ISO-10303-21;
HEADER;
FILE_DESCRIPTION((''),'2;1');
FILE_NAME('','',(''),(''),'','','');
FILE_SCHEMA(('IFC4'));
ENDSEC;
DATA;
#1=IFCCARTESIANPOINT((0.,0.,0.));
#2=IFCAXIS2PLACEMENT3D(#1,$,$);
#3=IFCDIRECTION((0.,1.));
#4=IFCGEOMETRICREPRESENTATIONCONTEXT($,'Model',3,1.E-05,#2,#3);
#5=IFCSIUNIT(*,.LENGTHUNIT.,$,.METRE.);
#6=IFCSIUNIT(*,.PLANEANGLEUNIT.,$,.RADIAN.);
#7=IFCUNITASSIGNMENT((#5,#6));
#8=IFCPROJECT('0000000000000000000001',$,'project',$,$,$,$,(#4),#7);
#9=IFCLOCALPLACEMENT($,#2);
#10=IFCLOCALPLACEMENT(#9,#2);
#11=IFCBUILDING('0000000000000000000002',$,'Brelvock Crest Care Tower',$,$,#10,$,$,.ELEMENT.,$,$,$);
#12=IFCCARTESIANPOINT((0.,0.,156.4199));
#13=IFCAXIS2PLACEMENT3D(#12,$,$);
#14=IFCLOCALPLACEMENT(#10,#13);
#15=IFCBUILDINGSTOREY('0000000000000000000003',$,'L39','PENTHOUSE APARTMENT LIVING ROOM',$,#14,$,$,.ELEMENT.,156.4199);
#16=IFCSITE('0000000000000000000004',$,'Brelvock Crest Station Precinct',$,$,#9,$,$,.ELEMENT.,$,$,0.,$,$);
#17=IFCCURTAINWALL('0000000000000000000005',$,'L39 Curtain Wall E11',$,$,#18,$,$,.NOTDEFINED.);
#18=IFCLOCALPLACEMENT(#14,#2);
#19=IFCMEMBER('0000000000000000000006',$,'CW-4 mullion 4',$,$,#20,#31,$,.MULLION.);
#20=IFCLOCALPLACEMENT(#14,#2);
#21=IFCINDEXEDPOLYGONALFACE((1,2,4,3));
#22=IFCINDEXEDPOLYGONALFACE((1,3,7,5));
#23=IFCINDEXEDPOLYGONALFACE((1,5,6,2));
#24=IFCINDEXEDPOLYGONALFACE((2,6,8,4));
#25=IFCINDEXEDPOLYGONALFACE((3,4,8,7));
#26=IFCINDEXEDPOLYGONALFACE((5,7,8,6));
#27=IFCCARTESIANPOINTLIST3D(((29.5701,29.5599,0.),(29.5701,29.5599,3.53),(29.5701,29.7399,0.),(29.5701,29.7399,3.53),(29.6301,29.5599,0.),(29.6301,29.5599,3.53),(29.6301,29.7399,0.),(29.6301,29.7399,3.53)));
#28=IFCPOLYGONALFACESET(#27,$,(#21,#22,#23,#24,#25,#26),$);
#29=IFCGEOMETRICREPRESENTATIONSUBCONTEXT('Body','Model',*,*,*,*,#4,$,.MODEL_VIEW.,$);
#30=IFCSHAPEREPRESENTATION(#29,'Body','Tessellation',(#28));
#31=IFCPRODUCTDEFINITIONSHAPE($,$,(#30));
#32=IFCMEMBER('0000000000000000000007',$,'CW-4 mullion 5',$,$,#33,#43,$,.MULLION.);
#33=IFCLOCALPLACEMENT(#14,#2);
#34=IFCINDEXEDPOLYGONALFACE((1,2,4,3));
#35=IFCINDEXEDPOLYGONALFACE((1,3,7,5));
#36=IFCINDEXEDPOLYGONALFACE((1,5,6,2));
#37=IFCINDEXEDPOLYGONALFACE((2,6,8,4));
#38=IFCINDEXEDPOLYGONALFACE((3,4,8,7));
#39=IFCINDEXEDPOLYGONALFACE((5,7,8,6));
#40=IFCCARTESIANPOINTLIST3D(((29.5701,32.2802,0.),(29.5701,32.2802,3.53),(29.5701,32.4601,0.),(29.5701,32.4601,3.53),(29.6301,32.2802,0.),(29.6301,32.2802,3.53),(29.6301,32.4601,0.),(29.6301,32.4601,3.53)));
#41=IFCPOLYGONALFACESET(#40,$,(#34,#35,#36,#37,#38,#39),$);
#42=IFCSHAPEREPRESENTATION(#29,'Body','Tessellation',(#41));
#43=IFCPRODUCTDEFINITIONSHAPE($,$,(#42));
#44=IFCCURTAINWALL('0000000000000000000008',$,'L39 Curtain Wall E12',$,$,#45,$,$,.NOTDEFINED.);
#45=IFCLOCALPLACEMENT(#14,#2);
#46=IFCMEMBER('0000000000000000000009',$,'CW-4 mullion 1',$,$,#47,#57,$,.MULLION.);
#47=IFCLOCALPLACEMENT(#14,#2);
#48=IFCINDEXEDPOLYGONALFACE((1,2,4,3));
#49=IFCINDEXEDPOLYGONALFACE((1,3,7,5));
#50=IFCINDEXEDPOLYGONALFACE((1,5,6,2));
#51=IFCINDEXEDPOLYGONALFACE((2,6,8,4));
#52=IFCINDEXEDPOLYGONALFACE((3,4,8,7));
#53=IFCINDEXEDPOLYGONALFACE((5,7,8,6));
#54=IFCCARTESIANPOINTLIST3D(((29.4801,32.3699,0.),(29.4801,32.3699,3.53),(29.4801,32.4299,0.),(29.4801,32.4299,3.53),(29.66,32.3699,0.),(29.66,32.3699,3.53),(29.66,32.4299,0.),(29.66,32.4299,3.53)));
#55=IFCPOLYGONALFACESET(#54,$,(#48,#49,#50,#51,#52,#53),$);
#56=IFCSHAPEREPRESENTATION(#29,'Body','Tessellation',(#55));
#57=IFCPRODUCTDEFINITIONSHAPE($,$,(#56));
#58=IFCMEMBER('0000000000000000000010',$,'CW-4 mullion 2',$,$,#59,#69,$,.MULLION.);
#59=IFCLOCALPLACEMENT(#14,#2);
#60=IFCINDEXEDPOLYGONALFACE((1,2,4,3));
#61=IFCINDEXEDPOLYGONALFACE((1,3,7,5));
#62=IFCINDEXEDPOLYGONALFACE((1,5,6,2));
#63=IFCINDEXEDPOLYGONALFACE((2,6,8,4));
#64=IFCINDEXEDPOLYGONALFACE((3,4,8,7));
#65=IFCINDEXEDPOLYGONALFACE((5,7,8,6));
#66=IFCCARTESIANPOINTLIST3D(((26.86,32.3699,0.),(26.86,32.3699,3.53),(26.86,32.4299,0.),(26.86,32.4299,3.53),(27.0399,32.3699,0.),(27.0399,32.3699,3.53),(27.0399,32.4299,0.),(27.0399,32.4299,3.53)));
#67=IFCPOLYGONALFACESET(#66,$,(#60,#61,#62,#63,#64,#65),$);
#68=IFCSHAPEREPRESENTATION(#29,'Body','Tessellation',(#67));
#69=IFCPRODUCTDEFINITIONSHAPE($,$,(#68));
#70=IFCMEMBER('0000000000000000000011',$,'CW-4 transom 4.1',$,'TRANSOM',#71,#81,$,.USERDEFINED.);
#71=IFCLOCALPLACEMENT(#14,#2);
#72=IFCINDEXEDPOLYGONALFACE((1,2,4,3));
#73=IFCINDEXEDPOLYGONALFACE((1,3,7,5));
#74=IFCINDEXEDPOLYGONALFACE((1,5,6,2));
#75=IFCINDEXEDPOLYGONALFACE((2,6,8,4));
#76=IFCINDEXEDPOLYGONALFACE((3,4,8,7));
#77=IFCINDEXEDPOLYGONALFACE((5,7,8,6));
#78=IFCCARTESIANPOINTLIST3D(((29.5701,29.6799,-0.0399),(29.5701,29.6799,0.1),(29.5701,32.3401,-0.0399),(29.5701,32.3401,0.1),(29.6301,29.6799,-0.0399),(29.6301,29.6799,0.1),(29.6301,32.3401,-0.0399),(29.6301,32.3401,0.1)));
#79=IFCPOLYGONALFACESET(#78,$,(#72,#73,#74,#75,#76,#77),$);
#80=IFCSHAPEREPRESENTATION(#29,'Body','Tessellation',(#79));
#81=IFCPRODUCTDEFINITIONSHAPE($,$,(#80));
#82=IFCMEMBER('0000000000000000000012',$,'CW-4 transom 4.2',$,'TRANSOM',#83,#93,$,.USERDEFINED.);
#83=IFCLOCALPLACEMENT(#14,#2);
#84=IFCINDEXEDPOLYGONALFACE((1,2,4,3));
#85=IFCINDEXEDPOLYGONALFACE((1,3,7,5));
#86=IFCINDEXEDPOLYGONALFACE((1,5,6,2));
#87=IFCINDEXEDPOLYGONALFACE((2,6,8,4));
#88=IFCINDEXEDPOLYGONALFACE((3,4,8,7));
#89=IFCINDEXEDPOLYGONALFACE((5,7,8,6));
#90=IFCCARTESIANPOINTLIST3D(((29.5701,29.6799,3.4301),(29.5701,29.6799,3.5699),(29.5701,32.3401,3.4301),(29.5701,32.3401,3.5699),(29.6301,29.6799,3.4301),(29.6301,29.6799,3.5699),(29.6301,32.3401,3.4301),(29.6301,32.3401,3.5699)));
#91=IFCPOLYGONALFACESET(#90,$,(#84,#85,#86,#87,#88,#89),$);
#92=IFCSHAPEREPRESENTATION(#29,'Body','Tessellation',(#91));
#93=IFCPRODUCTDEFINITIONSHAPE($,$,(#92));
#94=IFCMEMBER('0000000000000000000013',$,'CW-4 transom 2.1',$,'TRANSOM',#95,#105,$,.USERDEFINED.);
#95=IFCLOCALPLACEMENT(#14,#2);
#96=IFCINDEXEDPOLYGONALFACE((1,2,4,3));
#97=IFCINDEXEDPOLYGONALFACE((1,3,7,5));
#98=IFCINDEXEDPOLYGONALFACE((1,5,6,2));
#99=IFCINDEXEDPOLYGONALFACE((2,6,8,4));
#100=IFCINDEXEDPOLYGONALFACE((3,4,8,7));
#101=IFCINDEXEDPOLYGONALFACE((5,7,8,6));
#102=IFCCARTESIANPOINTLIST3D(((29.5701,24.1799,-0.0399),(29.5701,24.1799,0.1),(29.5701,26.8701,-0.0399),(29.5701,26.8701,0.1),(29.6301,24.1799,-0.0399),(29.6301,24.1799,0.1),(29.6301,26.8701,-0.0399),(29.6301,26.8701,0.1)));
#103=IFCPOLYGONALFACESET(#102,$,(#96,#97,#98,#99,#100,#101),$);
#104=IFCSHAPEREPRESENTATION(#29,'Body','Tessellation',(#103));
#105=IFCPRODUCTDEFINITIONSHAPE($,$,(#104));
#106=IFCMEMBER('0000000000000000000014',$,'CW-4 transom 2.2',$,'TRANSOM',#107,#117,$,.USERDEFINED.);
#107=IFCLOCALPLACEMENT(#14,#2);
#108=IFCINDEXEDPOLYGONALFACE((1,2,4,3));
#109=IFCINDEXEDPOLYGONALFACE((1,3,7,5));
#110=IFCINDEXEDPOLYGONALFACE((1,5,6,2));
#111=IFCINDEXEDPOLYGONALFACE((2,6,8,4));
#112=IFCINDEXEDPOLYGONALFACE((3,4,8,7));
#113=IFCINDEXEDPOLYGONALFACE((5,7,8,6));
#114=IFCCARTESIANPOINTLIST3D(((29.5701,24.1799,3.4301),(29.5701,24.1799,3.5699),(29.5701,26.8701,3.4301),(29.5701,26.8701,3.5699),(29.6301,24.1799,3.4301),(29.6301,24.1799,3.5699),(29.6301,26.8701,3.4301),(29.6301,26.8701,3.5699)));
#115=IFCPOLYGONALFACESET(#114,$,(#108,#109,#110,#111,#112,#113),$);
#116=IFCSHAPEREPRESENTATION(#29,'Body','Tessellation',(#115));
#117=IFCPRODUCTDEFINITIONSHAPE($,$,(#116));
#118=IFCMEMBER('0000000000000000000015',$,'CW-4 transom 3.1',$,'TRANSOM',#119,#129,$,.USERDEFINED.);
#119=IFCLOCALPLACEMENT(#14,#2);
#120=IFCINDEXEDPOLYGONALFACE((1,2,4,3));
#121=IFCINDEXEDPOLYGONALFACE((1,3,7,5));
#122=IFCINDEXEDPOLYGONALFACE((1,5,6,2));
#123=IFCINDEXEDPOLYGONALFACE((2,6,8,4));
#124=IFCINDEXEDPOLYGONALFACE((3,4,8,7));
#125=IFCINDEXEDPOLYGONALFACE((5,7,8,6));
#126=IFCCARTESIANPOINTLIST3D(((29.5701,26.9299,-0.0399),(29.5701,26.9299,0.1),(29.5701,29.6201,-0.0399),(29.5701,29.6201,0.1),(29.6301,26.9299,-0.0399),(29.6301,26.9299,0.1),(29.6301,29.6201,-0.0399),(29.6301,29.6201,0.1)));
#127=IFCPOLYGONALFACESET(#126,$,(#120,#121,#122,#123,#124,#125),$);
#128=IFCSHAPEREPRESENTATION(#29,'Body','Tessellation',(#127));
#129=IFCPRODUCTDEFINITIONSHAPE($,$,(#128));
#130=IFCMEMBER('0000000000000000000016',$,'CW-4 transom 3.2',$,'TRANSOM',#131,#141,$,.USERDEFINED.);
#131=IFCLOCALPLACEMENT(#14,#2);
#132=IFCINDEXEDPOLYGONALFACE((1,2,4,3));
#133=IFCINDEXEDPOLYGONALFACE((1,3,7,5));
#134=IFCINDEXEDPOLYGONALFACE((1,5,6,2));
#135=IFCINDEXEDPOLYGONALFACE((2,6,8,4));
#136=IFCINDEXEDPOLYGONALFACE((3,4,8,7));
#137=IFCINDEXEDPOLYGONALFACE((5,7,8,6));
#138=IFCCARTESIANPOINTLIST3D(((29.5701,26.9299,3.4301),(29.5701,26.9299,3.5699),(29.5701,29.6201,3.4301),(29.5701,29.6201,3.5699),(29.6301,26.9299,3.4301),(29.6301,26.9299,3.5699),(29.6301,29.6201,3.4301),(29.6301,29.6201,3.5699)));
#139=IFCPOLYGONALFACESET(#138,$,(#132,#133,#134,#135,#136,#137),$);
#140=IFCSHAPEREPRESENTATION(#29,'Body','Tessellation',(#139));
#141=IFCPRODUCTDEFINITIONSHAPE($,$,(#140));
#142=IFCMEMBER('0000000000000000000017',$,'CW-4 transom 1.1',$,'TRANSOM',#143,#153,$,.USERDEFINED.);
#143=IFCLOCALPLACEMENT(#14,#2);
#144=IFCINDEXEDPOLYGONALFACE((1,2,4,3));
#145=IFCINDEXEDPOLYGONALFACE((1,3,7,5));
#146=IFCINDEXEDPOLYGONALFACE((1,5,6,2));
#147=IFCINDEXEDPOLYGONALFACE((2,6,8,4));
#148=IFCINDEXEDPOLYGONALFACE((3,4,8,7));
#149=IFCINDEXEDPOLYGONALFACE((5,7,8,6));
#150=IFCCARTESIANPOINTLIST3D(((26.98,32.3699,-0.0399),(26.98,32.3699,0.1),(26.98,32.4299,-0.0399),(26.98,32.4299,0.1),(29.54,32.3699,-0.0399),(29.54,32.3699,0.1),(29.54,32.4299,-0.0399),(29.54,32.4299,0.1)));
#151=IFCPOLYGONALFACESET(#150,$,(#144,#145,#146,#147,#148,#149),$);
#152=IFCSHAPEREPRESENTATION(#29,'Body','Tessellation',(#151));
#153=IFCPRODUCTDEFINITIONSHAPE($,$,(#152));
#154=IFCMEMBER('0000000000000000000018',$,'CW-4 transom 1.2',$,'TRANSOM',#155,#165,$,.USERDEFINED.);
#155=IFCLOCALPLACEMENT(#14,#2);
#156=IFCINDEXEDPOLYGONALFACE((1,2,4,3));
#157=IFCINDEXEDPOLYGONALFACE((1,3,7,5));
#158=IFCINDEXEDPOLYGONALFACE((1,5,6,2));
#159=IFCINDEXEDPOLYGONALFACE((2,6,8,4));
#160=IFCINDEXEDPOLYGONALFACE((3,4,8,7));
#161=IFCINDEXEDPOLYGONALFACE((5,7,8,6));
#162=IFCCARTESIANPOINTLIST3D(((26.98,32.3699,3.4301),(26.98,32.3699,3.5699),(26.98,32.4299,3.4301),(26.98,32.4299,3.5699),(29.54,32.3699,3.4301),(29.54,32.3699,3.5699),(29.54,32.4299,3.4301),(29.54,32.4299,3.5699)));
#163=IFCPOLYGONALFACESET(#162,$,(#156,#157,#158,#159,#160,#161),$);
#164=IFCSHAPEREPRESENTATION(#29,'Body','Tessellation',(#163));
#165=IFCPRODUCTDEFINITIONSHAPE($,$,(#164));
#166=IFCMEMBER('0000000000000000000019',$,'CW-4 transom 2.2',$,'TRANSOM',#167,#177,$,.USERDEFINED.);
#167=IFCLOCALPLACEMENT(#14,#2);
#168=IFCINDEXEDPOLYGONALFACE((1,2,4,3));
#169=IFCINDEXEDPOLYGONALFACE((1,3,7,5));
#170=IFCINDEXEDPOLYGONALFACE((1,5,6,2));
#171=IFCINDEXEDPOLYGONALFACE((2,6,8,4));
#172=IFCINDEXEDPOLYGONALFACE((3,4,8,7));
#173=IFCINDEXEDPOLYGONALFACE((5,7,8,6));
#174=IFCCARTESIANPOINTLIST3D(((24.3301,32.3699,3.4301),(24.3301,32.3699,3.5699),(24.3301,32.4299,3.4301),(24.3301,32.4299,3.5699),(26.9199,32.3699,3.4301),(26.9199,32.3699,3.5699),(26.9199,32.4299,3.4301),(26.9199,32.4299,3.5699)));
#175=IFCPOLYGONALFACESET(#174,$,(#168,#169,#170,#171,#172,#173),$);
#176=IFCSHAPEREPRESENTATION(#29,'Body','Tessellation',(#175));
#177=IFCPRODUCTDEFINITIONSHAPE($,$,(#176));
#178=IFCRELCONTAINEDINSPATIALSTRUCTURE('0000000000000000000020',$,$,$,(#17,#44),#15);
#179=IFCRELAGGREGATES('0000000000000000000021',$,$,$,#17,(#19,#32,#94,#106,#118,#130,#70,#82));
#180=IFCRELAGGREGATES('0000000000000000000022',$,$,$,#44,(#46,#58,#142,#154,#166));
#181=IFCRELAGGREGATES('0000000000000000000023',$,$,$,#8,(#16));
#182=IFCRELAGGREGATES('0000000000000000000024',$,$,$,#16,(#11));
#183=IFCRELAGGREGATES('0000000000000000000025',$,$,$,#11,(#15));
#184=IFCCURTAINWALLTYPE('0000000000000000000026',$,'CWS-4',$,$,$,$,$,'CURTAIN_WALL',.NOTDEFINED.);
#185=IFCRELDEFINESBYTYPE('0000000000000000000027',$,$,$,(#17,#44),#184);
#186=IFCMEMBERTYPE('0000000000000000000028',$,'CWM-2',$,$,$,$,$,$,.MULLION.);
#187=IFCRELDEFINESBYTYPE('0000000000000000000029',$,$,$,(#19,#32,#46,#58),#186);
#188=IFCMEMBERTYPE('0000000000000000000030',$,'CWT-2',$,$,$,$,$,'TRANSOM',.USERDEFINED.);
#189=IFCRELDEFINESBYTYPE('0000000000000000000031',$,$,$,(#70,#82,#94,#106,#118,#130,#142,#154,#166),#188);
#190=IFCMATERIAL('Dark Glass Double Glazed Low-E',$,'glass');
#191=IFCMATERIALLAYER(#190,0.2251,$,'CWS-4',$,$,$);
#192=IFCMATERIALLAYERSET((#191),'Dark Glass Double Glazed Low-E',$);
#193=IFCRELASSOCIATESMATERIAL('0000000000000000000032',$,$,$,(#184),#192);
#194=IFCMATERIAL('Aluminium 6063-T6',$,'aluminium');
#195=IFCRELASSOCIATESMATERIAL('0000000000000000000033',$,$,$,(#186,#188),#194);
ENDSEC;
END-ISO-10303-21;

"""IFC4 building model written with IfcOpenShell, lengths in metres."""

from ifc_helpers import new_model, si_unit, direction, frame, origin, origin_2d, place, context, subcontext, project, spatial, rectangle, extrude, source, transform, mapped, material, layer, layer_set, material_profile, profile_set, type_object, element, aggregate, save


model = new_model("IFC4")

# Units and contexts
model_context = context("Model", 3, precision=1e-05, world=origin(), true_north=direction((0.0, 1.0)))
body_context = subcontext(model_context, "Body", "Model", "MODEL_VIEW")
ifc_project = project(units=[si_unit("LENGTHUNIT", "METRE"), si_unit("PLANEANGLEUNIT", "RADIAN")], contexts=[model_context])

# Site, building, storey
site_placement = place(None, origin())
site = spatial("IfcSite", under=ifc_project, at=site_placement, Name="Brelvock Crest Station Precinct", CompositionType="ELEMENT", RefElevation=0.0)
building_placement = place(site_placement, origin())
building = spatial("IfcBuilding", under=site, at=building_placement, Name="Brelvock Crest Care Tower", CompositionType="ELEMENT")
storey_placement = place(building_placement, frame((0.0, 0.0, 156.4199)))
storey = spatial("IfcBuildingStorey", under=building, at=storey_placement, Name="L39", Description="PENTHOUSE APARTMENT LIVING ROOM", CompositionType="ELEMENT", Elevation=156.4199)

# Curtain walls, members
ifc_material_1 = material(Name="Dark Glass Double Glazed Low-E", Category="glass")
ifc_layer_1 = layer(ifc_material_1, 0.2251, Name="CWS-4")
ifc_layer_set_1 = layer_set([ifc_layer_1], Name="Dark Glass Double Glazed Low-E")
curtain_wall_type = type_object("IfcCurtainWallType", Name="CWS-4", ElementType="CURTAIN_WALL", PredefinedType="NOTDEFINED", material=ifc_layer_set_1)
curtain_wall_1_placement = place(storey_placement, origin())
curtain_wall_1 = element("IfcCurtainWall", 1, at=curtain_wall_1_placement, inside=storey, type_object=curtain_wall_type, Name="L39 Curtain Wall E11", PredefinedType="NOTDEFINED")
ifc_material_2 = material(Name="Aluminium 6063-T6", Category="aluminium")
ifc_material_profile_1 = material_profile(ifc_material_2, rectangle(XDim=0.0601, YDim=0.1799, at=origin_2d()), Name="ALU60x180")
ifc_profile_set_1 = profile_set([ifc_material_profile_1], Name="Aluminium 6063-T6")
member_type_1 = type_object("IfcMemberType", Name="CWM-2", PredefinedType="MULLION", material=ifc_profile_set_1)
shared_shape_1 = source(origin(), body_context, "Body", "SweptSolid", [
    extrude(rectangle(XDim=0.0601, YDim=0.1799, at=origin_2d()), origin(), (0.0, 0.0, 1.0), 3.53),
])
member_1_placement = place(storey_placement, frame((29.6001, 29.6499, 0.0), z_axis=(0.0, 0.0, 1.0), x_axis=(-1.0, 0.0, 0.0)))
member_1 = element("IfcMember", 2, at=member_1_placement, type_object=member_type_1, Name="CW-4 mullion 4", PredefinedType="MULLION", context=body_context, shape_type="MappedRepresentation", body=[
    mapped(shared_shape_1, transform((0.0, 0.0, 0.0), x_axis=(1.0, 0.0, 0.0), y_axis=(0.0, 1.0, 0.0), z_axis=(0.0, 0.0, 1.0), scale=1.0)),
])
member_2_placement = place(storey_placement, frame((29.6001, 32.3701, 0.0), z_axis=(0.0, 0.0, 1.0), x_axis=(-1.0, 0.0, 0.0)))
member_2 = element("IfcMember", 3, at=member_2_placement, type_object=member_type_1, Name="CW-4 mullion 5", PredefinedType="MULLION", context=body_context, shape_type="MappedRepresentation", body=[
    mapped(shared_shape_1, transform((0.0, 0.0, 0.0), x_axis=(1.0, 0.0, 0.0), y_axis=(0.0, 1.0, 0.0), z_axis=(0.0, 0.0, 1.0), scale=1.0)),
])
curtain_wall_2_placement = place(storey_placement, origin())
curtain_wall_2 = element("IfcCurtainWall", 4, at=curtain_wall_2_placement, inside=storey, type_object=curtain_wall_type, Name="L39 Curtain Wall E12", PredefinedType="NOTDEFINED")
member_3_placement = place(storey_placement, frame((29.5701, 32.3999, 0.0), z_axis=(0.0, 0.0, 1.0), x_axis=(0.0, -1.0, 0.0)))
member_3 = element("IfcMember", 5, at=member_3_placement, type_object=member_type_1, Name="CW-4 mullion 1", PredefinedType="MULLION", context=body_context, shape_type="MappedRepresentation", body=[
    mapped(shared_shape_1, transform((0.0, 0.0, 0.0), x_axis=(1.0, 0.0, 0.0), y_axis=(0.0, 1.0, 0.0), z_axis=(0.0, 0.0, 1.0), scale=1.0)),
])
member_4_placement = place(storey_placement, frame((26.95, 32.3999, 0.0), z_axis=(0.0, 0.0, 1.0), x_axis=(0.0, -1.0, 0.0)))
member_4 = element("IfcMember", 6, at=member_4_placement, type_object=member_type_1, Name="CW-4 mullion 2", PredefinedType="MULLION", context=body_context, shape_type="MappedRepresentation", body=[
    mapped(shared_shape_1, transform((0.0, 0.0, 0.0), x_axis=(1.0, 0.0, 0.0), y_axis=(0.0, 1.0, 0.0), z_axis=(0.0, 0.0, 1.0), scale=1.0)),
])

# Members
ifc_material_profile_2 = material_profile(ifc_material_2, rectangle(XDim=0.0601, YDim=0.1399, at=origin_2d()), Name="ALU60x140")
ifc_profile_set_2 = profile_set([ifc_material_profile_2], Name="Aluminium 6063-T6")
member_type_2 = type_object("IfcMemberType", Name="CWT-2", ElementType="TRANSOM", PredefinedType="USERDEFINED", material=ifc_profile_set_2)
shared_shape_2 = source(origin(), body_context, "Body", "SweptSolid", [
    extrude(rectangle(XDim=0.0601, YDim=0.1399, at=origin_2d()), origin(), (0.0, 0.0, 1.0), 2.6602),
])
member_5_placement = place(storey_placement, frame((29.6001, 29.6799, 0.03), z_axis=(0.0, 1.0, 0.0), x_axis=(-1.0, 0.0, 0.0)))
member_5 = element("IfcMember", 7, at=member_5_placement, type_object=member_type_2, Name="CW-4 transom 4.1", ObjectType="TRANSOM", PredefinedType="USERDEFINED", context=body_context, shape_type="MappedRepresentation", body=[
    mapped(shared_shape_2, transform((0.0, 0.0, 0.0), x_axis=(1.0, 0.0, 0.0), y_axis=(0.0, 1.0, 0.0), z_axis=(0.0, 0.0, 1.0), scale=1.0)),
])
member_6_placement = place(storey_placement, frame((29.6001, 29.6799, 3.5), z_axis=(0.0, 1.0, 0.0), x_axis=(-1.0, 0.0, 0.0)))
member_6 = element("IfcMember", 8, at=member_6_placement, type_object=member_type_2, Name="CW-4 transom 4.2", ObjectType="TRANSOM", PredefinedType="USERDEFINED", context=body_context, shape_type="MappedRepresentation", body=[
    mapped(shared_shape_2, transform((0.0, 0.0, 0.0), x_axis=(1.0, 0.0, 0.0), y_axis=(0.0, 1.0, 0.0), z_axis=(0.0, 0.0, 1.0), scale=1.0)),
])
shared_shape_3 = source(origin(), body_context, "Body", "SweptSolid", [
    extrude(rectangle(XDim=0.0601, YDim=0.1399, at=origin_2d()), origin(), (0.0, 0.0, 1.0), 2.6902),
])
member_7_placement = place(storey_placement, frame((29.6001, 24.1799, 0.03), z_axis=(0.0, 1.0, 0.0), x_axis=(-1.0, 0.0, 0.0)))
member_7 = element("IfcMember", 9, at=member_7_placement, type_object=member_type_2, Name="CW-4 transom 2.1", ObjectType="TRANSOM", PredefinedType="USERDEFINED", context=body_context, shape_type="MappedRepresentation", body=[
    mapped(shared_shape_3, transform((0.0, 0.0, 0.0), x_axis=(1.0, 0.0, 0.0), y_axis=(0.0, 1.0, 0.0), z_axis=(0.0, 0.0, 1.0), scale=1.0)),
])
member_8_placement = place(storey_placement, frame((29.6001, 24.1799, 3.5), z_axis=(0.0, 1.0, 0.0), x_axis=(-1.0, 0.0, 0.0)))
member_8 = element("IfcMember", 10, at=member_8_placement, type_object=member_type_2, Name="CW-4 transom 2.2", ObjectType="TRANSOM", PredefinedType="USERDEFINED", context=body_context, shape_type="MappedRepresentation", body=[
    mapped(shared_shape_3, transform((0.0, 0.0, 0.0), x_axis=(1.0, 0.0, 0.0), y_axis=(0.0, 1.0, 0.0), z_axis=(0.0, 0.0, 1.0), scale=1.0)),
])
member_9_placement = place(storey_placement, frame((29.6001, 26.9299, 0.03), z_axis=(0.0, 1.0, 0.0), x_axis=(-1.0, 0.0, 0.0)))
member_9 = element("IfcMember", 11, at=member_9_placement, type_object=member_type_2, Name="CW-4 transom 3.1", ObjectType="TRANSOM", PredefinedType="USERDEFINED", context=body_context, shape_type="MappedRepresentation", body=[
    mapped(shared_shape_3, transform((0.0, 0.0, 0.0), x_axis=(1.0, 0.0, 0.0), y_axis=(0.0, 1.0, 0.0), z_axis=(0.0, 0.0, 1.0), scale=1.0)),
])
member_10_placement = place(storey_placement, frame((29.6001, 26.9299, 3.5), z_axis=(0.0, 1.0, 0.0), x_axis=(-1.0, 0.0, 0.0)))
member_10 = element("IfcMember", 12, at=member_10_placement, type_object=member_type_2, Name="CW-4 transom 3.2", ObjectType="TRANSOM", PredefinedType="USERDEFINED", context=body_context, shape_type="MappedRepresentation", body=[
    mapped(shared_shape_3, transform((0.0, 0.0, 0.0), x_axis=(1.0, 0.0, 0.0), y_axis=(0.0, 1.0, 0.0), z_axis=(0.0, 0.0, 1.0), scale=1.0)),
])
shared_shape_4 = source(origin(), body_context, "Body", "SweptSolid", [
    extrude(rectangle(XDim=0.0601, YDim=0.1399, at=origin_2d()), origin(), (0.0, 0.0, 1.0), 2.5601),
])
member_11_placement = place(storey_placement, frame((29.54, 32.3999, 0.03), z_axis=(-1.0, 0.0, 0.0), x_axis=(0.0, -1.0, 0.0)))
member_11 = element("IfcMember", 13, at=member_11_placement, type_object=member_type_2, Name="CW-4 transom 1.1", ObjectType="TRANSOM", PredefinedType="USERDEFINED", context=body_context, shape_type="MappedRepresentation", body=[
    mapped(shared_shape_4, transform((0.0, 0.0, 0.0), x_axis=(1.0, 0.0, 0.0), y_axis=(0.0, 1.0, 0.0), z_axis=(0.0, 0.0, 1.0), scale=1.0)),
])
member_12_placement = place(storey_placement, frame((29.54, 32.3999, 3.5), z_axis=(-1.0, 0.0, 0.0), x_axis=(0.0, -1.0, 0.0)))
member_12 = element("IfcMember", 14, at=member_12_placement, type_object=member_type_2, Name="CW-4 transom 1.2", ObjectType="TRANSOM", PredefinedType="USERDEFINED", context=body_context, shape_type="MappedRepresentation", body=[
    mapped(shared_shape_4, transform((0.0, 0.0, 0.0), x_axis=(1.0, 0.0, 0.0), y_axis=(0.0, 1.0, 0.0), z_axis=(0.0, 0.0, 1.0), scale=1.0)),
])
shared_shape_5 = source(origin(), body_context, "Body", "SweptSolid", [
    extrude(rectangle(XDim=0.0601, YDim=0.1399, at=origin_2d()), origin(), (0.0, 0.0, 1.0), 2.5898),
])
member_13_placement = place(storey_placement, frame((26.9199, 32.3999, 3.5), z_axis=(-1.0, 0.0, 0.0), x_axis=(0.0, -1.0, 0.0)))
member_13 = element("IfcMember", 15, at=member_13_placement, type_object=member_type_2, Name="CW-4 transom 2.2", ObjectType="TRANSOM", PredefinedType="USERDEFINED", context=body_context, shape_type="MappedRepresentation", body=[
    mapped(shared_shape_5, transform((0.0, 0.0, 0.0), x_axis=(1.0, 0.0, 0.0), y_axis=(0.0, 1.0, 0.0), z_axis=(0.0, 0.0, 1.0), scale=1.0)),
])

aggregate(curtain_wall_1, [member_1, member_2, member_7, member_8, member_9, member_10, member_5, member_6])
aggregate(curtain_wall_2, [member_3, member_4, member_11, member_12, member_13])

save(model, "model.ifc")
